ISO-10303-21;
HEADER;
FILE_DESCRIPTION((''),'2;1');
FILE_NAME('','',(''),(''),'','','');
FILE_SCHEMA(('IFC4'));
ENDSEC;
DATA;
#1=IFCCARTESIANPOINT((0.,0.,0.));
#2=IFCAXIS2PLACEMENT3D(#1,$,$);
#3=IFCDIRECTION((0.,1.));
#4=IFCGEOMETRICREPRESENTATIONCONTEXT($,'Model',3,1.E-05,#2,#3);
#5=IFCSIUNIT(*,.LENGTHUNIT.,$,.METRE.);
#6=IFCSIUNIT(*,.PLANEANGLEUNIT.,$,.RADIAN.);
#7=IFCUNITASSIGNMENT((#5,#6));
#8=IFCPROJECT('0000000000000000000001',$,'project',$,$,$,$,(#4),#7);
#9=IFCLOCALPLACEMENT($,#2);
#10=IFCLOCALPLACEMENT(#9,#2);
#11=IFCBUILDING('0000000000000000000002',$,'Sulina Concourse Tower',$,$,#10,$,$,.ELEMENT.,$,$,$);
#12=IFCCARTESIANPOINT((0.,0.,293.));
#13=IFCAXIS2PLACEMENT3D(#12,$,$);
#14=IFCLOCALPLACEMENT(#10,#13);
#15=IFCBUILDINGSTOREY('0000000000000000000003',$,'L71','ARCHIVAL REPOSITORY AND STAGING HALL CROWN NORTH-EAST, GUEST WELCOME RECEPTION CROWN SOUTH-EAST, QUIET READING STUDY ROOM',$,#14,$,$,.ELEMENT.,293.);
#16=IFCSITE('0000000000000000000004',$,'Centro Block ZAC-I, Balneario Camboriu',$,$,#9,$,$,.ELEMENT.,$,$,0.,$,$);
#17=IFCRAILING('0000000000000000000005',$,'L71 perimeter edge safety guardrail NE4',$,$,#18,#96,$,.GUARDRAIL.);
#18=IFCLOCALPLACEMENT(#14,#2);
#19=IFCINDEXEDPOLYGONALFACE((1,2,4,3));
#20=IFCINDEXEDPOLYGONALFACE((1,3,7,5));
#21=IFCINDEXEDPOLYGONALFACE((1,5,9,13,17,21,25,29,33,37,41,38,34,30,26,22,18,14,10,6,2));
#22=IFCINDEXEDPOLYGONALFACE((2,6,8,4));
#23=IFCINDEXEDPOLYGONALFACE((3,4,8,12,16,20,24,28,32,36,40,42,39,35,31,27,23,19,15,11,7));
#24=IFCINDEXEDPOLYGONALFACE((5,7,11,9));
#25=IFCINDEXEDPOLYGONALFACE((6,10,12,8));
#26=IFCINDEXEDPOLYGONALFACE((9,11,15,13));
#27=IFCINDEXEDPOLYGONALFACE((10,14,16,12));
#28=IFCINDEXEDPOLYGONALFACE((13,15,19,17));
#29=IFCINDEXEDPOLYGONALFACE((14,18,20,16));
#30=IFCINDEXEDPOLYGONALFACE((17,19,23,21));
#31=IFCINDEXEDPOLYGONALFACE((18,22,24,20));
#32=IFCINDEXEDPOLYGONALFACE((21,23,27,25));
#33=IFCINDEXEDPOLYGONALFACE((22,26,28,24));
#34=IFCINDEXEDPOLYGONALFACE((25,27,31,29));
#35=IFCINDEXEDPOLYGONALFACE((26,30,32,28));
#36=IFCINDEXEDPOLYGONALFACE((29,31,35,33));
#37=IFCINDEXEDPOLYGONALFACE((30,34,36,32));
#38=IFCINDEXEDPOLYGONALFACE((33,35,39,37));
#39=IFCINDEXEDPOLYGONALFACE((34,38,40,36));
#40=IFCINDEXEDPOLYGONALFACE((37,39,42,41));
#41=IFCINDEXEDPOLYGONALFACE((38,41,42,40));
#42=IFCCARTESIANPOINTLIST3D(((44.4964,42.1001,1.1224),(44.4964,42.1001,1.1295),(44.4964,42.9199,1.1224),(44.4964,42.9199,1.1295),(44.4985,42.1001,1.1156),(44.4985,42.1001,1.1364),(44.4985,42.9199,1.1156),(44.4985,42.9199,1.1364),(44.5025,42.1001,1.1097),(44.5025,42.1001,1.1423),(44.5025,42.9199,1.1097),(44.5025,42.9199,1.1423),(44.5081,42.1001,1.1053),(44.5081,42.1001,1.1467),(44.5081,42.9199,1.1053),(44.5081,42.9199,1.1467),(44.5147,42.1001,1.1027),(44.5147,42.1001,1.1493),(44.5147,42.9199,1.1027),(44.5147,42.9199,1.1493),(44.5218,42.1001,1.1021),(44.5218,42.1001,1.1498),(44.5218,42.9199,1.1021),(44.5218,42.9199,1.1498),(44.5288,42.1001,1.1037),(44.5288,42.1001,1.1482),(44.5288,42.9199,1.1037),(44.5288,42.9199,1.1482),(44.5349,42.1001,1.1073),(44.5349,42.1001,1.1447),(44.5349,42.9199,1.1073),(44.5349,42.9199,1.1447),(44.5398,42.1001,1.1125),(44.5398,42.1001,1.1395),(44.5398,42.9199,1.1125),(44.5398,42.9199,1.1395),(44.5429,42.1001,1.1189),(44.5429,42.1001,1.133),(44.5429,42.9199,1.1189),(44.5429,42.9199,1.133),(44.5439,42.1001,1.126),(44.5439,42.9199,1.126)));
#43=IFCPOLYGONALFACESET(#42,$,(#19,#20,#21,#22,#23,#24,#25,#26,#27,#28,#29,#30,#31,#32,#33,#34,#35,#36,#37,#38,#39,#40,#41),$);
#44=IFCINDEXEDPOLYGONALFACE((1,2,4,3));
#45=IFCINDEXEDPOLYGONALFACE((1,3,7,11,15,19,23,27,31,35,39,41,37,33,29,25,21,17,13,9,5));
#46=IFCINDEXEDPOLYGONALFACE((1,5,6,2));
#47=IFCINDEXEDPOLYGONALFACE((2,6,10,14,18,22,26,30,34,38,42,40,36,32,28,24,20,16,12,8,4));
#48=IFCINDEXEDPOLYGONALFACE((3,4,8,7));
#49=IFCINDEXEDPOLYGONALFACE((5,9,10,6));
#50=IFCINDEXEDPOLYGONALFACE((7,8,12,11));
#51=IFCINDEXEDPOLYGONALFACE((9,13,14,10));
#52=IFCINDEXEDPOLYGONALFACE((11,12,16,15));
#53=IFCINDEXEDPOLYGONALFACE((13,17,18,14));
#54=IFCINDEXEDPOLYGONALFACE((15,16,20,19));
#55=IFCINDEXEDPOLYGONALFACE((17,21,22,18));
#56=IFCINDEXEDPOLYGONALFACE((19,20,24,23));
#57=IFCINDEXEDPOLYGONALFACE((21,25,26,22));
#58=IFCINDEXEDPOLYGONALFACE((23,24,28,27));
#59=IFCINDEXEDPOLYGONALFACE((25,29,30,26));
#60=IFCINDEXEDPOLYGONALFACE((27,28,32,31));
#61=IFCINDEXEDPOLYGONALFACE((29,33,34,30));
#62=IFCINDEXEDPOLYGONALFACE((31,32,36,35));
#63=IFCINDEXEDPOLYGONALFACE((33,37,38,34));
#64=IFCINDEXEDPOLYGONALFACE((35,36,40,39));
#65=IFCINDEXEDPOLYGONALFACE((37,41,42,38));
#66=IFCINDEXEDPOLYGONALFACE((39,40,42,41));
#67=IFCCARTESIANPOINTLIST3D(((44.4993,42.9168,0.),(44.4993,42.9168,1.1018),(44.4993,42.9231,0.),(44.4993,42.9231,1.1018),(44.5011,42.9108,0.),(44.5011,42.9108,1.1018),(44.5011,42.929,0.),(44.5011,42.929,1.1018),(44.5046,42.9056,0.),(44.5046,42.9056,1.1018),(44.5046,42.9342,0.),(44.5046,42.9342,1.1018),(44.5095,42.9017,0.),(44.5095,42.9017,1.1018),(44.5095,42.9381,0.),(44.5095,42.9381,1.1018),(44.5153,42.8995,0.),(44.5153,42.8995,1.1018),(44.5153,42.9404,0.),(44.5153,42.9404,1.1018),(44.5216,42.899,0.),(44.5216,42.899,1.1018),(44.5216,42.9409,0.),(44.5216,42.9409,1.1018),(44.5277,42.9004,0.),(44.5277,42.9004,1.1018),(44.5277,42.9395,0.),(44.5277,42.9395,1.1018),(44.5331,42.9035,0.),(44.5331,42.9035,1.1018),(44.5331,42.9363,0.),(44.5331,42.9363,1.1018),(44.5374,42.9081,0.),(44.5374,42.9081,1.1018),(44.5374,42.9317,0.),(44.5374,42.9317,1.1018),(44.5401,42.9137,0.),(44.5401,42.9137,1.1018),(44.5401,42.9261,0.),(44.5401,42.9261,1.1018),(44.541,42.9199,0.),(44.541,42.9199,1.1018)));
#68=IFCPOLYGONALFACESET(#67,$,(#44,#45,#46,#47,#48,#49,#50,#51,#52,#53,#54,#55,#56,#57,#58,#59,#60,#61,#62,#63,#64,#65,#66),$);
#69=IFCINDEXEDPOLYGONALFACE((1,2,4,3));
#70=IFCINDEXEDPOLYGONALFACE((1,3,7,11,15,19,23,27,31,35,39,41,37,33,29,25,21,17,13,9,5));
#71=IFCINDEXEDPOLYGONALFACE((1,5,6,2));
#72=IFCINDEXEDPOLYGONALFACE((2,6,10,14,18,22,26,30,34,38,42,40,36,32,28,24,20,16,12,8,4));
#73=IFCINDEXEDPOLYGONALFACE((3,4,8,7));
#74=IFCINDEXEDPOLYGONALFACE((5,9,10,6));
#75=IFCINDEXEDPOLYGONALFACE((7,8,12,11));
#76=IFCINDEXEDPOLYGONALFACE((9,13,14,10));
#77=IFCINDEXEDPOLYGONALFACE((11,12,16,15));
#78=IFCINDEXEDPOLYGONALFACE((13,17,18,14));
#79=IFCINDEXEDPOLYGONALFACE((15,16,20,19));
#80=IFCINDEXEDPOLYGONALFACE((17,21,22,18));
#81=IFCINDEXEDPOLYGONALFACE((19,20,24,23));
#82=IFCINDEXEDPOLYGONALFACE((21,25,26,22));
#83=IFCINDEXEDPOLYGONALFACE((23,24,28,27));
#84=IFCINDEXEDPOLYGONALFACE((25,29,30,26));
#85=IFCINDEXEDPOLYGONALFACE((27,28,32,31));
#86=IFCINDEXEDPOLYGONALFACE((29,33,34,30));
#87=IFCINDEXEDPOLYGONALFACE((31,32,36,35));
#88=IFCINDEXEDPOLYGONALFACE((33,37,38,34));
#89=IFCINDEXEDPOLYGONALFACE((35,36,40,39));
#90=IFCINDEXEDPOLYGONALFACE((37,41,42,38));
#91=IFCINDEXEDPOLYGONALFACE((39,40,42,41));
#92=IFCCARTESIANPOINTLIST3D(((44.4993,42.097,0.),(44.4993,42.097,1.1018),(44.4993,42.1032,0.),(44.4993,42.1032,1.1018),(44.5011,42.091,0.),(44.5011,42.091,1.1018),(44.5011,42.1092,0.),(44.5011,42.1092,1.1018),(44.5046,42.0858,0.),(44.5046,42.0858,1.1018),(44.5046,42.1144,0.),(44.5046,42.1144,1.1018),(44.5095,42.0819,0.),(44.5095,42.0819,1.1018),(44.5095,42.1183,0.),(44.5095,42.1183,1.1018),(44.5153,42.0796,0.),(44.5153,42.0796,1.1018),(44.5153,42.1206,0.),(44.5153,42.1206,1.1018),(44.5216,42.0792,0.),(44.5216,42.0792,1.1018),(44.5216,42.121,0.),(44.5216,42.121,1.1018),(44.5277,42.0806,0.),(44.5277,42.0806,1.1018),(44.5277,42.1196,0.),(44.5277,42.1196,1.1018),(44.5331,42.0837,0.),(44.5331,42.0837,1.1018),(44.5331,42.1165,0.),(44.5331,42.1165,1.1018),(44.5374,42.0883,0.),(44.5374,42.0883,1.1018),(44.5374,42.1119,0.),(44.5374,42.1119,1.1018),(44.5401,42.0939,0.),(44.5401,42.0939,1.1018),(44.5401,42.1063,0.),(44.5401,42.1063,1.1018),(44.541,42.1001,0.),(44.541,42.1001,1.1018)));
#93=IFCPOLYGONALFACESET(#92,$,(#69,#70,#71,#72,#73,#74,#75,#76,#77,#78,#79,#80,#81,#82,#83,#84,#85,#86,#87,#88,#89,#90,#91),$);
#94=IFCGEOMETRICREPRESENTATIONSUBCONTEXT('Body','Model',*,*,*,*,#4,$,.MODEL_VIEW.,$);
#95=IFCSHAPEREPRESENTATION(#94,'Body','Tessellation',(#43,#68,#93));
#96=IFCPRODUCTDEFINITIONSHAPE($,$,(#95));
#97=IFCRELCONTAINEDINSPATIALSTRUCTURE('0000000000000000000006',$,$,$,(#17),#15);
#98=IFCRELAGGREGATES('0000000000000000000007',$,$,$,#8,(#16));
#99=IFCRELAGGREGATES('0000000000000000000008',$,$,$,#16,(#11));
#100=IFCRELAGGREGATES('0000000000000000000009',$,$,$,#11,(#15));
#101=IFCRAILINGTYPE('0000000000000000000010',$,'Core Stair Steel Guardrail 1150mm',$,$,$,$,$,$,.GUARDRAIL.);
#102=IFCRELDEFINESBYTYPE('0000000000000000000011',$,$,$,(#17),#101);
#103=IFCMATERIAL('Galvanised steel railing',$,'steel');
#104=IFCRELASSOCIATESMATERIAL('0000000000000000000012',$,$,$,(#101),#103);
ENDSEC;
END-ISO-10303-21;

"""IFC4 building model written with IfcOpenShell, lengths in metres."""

from ifc_helpers import new_model, si_unit, direction, frame, origin, origin_2d, place, context, subcontext, project, spatial, circle, extrude, material, type_object, element, save


model = new_model("IFC4")

# Units and contexts
model_context = context("Model", 3, precision=1e-05, world=origin(), true_north=direction((0.0, 1.0)))
body_context = subcontext(model_context, "Body", "Model", "MODEL_VIEW")
ifc_project = project(units=[si_unit("LENGTHUNIT", "METRE"), si_unit("PLANEANGLEUNIT", "RADIAN")], contexts=[model_context])

# Site, building, storey
site_placement = place(None, origin())
site = spatial("IfcSite", under=ifc_project, at=site_placement, Name="Centro Block ZAC-I, Balneario Camboriu", CompositionType="ELEMENT", RefElevation=0.0)
building_placement = place(site_placement, origin())
building = spatial("IfcBuilding", under=site, at=building_placement, Name="Sulina Concourse Tower", CompositionType="ELEMENT")
storey_placement = place(building_placement, frame((0.0, 0.0, 293.0)))
storey = spatial("IfcBuildingStorey", under=building, at=storey_placement, Name="L71", Description="ARCHIVAL REPOSITORY AND STAGING HALL CROWN NORTH-EAST, GUEST WELCOME RECEPTION CROWN SOUTH-EAST, QUIET READING STUDY ROOM", CompositionType="ELEMENT", Elevation=293.0)

# Railing
ifc_material_1 = material(Name="Galvanised steel railing", Category="steel")
railing_type = type_object("IfcRailingType", Name="Core Stair Steel Guardrail 1150mm", PredefinedType="GUARDRAIL", material=ifc_material_1)
railing_1_placement = place(storey_placement, frame((44.52, 42.9199, 0.0)))
element("IfcRailing", 1, at=railing_1_placement, inside=storey, type_object=railing_type, Name="L71 perimeter edge safety guardrail NE4", PredefinedType="GUARDRAIL", context=body_context, shape_type="SweptSolid", body=[
    extrude(circle(Radius=0.0239, at=origin_2d()), frame((0.0, 0.0, 1.126), z_axis=(0.0, -1.0, 0.0), x_axis=(1.0, 0.0, 0.0)), (0.0, 0.0, 1.0), 0.8198),
    extrude(circle(Radius=0.021, at=origin_2d()), origin(), (0.0, 0.0, 1.0), 1.1018),
    extrude(circle(Radius=0.021, at=origin_2d()), frame((0.0, -0.8198, 0.0)), (0.0, 0.0, 1.0), 1.1018),
])

save(model, "model.ifc")
